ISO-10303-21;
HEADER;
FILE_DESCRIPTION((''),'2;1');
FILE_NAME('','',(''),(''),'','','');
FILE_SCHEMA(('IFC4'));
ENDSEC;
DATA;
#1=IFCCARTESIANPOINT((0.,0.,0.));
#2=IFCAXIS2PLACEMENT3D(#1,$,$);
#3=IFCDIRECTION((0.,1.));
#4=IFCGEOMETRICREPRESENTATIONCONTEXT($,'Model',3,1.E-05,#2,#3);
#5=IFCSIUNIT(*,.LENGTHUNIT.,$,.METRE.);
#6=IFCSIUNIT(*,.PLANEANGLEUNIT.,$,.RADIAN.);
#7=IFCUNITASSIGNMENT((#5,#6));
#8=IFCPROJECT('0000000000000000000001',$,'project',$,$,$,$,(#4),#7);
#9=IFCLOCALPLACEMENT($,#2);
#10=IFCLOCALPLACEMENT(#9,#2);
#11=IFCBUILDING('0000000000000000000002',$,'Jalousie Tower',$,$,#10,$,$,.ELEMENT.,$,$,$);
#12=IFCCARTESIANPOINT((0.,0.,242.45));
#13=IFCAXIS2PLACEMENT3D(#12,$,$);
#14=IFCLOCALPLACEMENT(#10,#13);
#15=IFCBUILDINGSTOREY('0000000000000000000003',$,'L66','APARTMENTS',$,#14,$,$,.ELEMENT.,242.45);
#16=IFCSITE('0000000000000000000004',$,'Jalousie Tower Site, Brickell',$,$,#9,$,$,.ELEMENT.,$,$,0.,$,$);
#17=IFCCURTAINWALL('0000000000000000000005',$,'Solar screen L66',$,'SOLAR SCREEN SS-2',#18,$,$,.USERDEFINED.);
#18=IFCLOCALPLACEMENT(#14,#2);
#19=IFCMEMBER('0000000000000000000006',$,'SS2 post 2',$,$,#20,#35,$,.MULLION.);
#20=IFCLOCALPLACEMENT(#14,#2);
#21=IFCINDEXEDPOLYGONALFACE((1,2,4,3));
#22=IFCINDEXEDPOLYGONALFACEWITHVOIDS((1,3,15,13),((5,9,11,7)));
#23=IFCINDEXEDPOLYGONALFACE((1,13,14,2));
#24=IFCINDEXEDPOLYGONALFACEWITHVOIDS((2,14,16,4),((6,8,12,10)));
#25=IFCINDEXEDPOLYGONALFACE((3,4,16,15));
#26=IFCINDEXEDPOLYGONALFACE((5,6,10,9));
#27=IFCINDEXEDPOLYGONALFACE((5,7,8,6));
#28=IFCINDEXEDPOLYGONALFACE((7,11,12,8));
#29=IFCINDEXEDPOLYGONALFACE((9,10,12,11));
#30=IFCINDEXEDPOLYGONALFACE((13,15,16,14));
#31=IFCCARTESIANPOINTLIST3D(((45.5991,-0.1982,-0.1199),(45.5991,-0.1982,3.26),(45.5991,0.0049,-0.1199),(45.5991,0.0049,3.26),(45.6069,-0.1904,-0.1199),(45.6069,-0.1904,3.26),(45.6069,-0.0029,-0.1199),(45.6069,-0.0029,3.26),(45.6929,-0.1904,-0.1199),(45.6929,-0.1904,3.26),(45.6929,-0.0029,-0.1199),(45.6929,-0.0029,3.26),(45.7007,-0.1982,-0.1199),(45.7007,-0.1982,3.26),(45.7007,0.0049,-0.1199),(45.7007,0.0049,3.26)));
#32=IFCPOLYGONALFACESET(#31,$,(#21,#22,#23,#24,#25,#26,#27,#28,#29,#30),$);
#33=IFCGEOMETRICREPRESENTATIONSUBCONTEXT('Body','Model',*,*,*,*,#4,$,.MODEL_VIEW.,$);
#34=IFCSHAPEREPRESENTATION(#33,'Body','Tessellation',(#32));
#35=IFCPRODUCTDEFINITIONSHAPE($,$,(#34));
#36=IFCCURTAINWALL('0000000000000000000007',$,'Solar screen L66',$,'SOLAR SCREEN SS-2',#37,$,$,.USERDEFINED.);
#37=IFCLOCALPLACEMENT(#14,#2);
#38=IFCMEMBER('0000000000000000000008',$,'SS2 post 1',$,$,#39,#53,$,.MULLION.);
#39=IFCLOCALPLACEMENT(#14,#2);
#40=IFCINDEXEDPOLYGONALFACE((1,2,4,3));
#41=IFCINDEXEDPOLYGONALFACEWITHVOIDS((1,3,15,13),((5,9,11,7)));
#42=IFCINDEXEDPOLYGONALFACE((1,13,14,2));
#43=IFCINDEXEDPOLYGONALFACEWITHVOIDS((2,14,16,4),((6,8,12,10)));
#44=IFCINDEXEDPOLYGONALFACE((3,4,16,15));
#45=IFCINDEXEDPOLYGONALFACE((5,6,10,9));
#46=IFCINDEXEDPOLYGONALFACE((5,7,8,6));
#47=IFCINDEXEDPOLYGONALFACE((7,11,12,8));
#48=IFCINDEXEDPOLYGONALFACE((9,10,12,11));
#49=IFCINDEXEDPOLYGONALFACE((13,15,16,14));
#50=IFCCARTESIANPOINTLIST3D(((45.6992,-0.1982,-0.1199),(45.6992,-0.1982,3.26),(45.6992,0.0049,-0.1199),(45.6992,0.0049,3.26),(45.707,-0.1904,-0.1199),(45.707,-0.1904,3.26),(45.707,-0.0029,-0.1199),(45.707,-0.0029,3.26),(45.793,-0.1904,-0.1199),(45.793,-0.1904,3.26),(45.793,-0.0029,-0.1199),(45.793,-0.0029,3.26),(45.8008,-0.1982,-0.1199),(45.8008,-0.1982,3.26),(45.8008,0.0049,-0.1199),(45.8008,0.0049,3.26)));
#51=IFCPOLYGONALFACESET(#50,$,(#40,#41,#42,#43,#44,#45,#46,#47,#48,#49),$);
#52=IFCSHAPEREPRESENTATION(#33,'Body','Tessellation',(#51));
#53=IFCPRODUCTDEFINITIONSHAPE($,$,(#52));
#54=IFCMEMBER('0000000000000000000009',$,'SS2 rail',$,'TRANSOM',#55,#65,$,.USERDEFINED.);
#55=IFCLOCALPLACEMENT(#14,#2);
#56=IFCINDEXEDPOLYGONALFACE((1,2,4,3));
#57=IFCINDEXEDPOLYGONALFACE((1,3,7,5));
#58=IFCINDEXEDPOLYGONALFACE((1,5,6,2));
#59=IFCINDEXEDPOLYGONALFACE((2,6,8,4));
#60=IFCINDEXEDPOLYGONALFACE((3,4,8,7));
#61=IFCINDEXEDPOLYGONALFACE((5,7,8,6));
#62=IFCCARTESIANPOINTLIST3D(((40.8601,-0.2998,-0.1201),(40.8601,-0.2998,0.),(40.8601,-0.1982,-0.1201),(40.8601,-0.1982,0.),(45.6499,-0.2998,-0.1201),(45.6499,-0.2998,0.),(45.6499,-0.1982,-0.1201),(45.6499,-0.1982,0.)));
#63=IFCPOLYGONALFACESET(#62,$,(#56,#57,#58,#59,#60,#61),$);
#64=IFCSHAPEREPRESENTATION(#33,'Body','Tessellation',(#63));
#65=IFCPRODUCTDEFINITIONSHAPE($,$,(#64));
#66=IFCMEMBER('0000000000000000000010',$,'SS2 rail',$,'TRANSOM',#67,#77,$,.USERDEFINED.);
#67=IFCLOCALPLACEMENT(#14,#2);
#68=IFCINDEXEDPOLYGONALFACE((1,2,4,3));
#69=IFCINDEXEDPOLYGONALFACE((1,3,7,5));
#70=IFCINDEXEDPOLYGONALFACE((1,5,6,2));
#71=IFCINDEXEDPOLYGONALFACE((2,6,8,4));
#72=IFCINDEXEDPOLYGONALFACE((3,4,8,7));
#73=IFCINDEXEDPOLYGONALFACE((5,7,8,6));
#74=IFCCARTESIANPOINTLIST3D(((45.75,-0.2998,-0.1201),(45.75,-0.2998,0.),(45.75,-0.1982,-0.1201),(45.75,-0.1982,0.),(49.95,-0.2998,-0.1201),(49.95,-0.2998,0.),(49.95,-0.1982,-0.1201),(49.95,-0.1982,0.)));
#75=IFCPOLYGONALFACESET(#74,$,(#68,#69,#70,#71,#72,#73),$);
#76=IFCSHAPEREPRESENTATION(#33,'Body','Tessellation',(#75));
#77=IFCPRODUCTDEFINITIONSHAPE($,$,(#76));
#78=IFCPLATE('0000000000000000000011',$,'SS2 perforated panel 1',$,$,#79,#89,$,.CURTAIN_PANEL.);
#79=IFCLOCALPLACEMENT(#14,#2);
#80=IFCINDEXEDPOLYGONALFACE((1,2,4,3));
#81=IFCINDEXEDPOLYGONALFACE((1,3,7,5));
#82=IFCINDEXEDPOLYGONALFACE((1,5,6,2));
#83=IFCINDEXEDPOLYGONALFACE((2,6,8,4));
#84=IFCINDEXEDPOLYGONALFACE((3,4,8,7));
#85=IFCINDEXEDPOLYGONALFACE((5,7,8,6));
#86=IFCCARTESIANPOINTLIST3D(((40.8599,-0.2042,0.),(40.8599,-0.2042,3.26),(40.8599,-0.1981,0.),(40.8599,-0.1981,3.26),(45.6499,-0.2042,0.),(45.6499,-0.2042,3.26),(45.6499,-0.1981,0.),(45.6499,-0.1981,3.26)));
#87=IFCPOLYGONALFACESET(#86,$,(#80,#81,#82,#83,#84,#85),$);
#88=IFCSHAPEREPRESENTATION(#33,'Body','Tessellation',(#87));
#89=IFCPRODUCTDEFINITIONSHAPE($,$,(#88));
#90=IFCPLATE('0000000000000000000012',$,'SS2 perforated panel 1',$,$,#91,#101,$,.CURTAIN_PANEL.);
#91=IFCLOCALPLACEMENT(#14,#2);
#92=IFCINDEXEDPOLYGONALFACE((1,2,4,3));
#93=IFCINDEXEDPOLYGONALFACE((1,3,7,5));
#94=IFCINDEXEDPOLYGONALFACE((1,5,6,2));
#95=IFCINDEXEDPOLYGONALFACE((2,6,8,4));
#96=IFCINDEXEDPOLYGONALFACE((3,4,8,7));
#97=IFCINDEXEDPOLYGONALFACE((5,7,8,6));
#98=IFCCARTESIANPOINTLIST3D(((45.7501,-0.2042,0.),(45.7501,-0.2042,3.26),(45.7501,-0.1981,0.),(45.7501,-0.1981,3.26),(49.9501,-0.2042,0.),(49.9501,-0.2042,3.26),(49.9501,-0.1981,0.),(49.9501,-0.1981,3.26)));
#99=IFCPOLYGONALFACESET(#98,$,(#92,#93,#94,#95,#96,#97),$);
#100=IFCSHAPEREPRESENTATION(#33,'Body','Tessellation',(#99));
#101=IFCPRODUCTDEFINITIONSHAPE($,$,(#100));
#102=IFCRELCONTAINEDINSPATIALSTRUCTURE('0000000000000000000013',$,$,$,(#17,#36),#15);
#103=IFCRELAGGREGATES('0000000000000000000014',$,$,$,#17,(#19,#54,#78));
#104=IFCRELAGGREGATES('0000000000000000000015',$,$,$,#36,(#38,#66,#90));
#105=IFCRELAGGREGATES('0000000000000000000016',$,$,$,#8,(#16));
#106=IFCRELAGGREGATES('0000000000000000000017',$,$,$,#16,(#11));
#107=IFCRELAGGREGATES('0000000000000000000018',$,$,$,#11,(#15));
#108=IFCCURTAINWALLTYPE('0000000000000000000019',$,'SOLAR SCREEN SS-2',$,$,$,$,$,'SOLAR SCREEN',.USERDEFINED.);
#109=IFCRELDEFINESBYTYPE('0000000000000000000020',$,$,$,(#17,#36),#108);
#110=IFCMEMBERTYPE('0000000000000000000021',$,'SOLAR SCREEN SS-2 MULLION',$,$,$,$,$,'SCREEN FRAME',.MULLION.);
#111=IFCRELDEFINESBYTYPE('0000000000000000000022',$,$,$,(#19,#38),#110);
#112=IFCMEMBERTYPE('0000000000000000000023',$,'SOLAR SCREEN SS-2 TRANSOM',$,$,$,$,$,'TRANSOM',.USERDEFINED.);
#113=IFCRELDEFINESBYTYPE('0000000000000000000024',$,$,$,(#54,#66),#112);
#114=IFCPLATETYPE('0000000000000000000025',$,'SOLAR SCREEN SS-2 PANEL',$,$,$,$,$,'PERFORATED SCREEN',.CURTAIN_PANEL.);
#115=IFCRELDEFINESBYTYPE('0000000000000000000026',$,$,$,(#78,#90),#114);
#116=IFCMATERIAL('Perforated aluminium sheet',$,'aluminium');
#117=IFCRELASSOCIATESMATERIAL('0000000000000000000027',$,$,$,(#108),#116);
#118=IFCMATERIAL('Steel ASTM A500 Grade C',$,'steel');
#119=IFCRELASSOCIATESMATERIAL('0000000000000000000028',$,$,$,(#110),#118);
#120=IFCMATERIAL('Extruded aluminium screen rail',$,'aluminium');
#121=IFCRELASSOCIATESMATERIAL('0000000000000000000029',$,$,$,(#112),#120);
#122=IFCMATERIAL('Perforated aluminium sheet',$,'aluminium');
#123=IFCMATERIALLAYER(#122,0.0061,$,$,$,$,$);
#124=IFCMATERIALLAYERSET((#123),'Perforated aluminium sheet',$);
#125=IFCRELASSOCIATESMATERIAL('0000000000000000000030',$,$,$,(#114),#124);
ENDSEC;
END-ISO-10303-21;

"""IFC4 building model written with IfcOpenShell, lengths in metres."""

from ifc_helpers import new_model, si_unit, direction, frame, origin, origin_2d, place, context, subcontext, project, spatial, rectangle, hollow_rectangle, extrude, material, layer, layer_set, material_profile, profile_set, type_object, element, aggregate, save


model = new_model("IFC4")

# Units and contexts
model_context = context("Model", 3, precision=1e-05, world=origin(), true_north=direction((0.0, 1.0)))
body_context = subcontext(model_context, "Body", "Model", "MODEL_VIEW")
ifc_project = project(units=[si_unit("LENGTHUNIT", "METRE"), si_unit("PLANEANGLEUNIT", "RADIAN")], contexts=[model_context])

# Site, building, storey
site_placement = place(None, origin())
site = spatial("IfcSite", under=ifc_project, at=site_placement, Name="Jalousie Tower Site, Brickell", CompositionType="ELEMENT", RefElevation=0.0)
building_placement = place(site_placement, origin())
building = spatial("IfcBuilding", under=site, at=building_placement, Name="Jalousie Tower", CompositionType="ELEMENT")
storey_placement = place(building_placement, frame((0.0, 0.0, 242.45)))
storey = spatial("IfcBuildingStorey", under=building, at=storey_placement, Name="L66", Description="APARTMENTS", CompositionType="ELEMENT", Elevation=242.45)

# Curtain wall, member
ifc_material_1 = material(Name="Perforated aluminium sheet", Category="aluminium")
curtain_wall_type = type_object("IfcCurtainWallType", Name="SOLAR SCREEN SS-2", ElementType="SOLAR SCREEN", PredefinedType="USERDEFINED", material=ifc_material_1)
curtain_wall_1_placement = place(storey_placement, origin())
curtain_wall_1 = element("IfcCurtainWall", 1, at=curtain_wall_1_placement, inside=storey, type_object=curtain_wall_type, Name="Solar screen L66", ObjectType="SOLAR SCREEN SS-2", PredefinedType="USERDEFINED")
ifc_material_2 = material(Name="Steel ASTM A500 Grade C", Category="steel")
ifc_material_profile_1 = material_profile(ifc_material_2, hollow_rectangle(XDim=0.1016, YDim=0.2031, WallThickness=0.0078, at=origin_2d()), Name="HSS8X4X5/16")
ifc_profile_set_1 = profile_set([ifc_material_profile_1], Name="Steel ASTM A500 Grade C")
member_type_1 = type_object("IfcMemberType", Name="SOLAR SCREEN SS-2 MULLION", ElementType="SCREEN FRAME", PredefinedType="MULLION", material=ifc_profile_set_1)
member_1_placement = place(storey_placement, frame((45.6499, -0.0967, -0.1199), z_axis=(0.0, 0.0, 1.0), x_axis=(1.0, 0.0, 0.0)))
member_1 = element("IfcMember", 2, at=member_1_placement, type_object=member_type_1, Name="SS2 post 2", PredefinedType="MULLION", context=body_context, shape_type="SweptSolid", body=[
    extrude(hollow_rectangle(XDim=0.1016, YDim=0.2031, WallThickness=0.0078, at=origin_2d()), origin(), (0.0, 0.0, 1.0), 3.3799),
])

# Curtain wall, member
curtain_wall_2_placement = place(storey_placement, origin())
curtain_wall_2 = element("IfcCurtainWall", 3, at=curtain_wall_2_placement, inside=storey, type_object=curtain_wall_type, Name="Solar screen L66", ObjectType="SOLAR SCREEN SS-2", PredefinedType="USERDEFINED")
member_2_placement = place(storey_placement, frame((45.75, -0.0967, -0.1199), z_axis=(0.0, 0.0, 1.0), x_axis=(1.0, 0.0, 0.0)))
member_2 = element("IfcMember", 4, at=member_2_placement, type_object=member_type_1, Name="SS2 post 1", PredefinedType="MULLION", context=body_context, shape_type="SweptSolid", body=[
    extrude(hollow_rectangle(XDim=0.1016, YDim=0.2031, WallThickness=0.0078, at=origin_2d()), origin(), (0.0, 0.0, 1.0), 3.3799),
])

# Members
ifc_material_3 = material(Name="Extruded aluminium screen rail", Category="aluminium")
ifc_material_profile_2 = material_profile(ifc_material_3, rectangle(XDim=0.1016, YDim=0.1201, at=origin_2d()), Name="RAIL 102x120")
ifc_profile_set_2 = profile_set([ifc_material_profile_2], Name="Extruded aluminium screen rail")
member_type_2 = type_object("IfcMemberType", Name="SOLAR SCREEN SS-2 TRANSOM", ElementType="TRANSOM", PredefinedType="USERDEFINED", material=ifc_profile_set_2)
member_3_placement = place(storey_placement, frame((40.8601, -0.249, -0.0601), z_axis=(1.0, 0.0, 0.0), x_axis=(0.0, 1.0, 0.0)))
member_3 = element("IfcMember", 5, at=member_3_placement, type_object=member_type_2, Name="SS2 rail", ObjectType="TRANSOM", PredefinedType="USERDEFINED", context=body_context, shape_type="SweptSolid", body=[
    extrude(rectangle(XDim=0.1016, YDim=0.1201, at=origin_2d()), origin(), (0.0, 0.0, 1.0), 4.7898),
])
member_4_placement = place(storey_placement, frame((45.75, -0.249, -0.0601), z_axis=(1.0, 0.0, 0.0), x_axis=(0.0, 1.0, 0.0)))
member_4 = element("IfcMember", 6, at=member_4_placement, type_object=member_type_2, Name="SS2 rail", ObjectType="TRANSOM", PredefinedType="USERDEFINED", context=body_context, shape_type="SweptSolid", body=[
    extrude(rectangle(XDim=0.1016, YDim=0.1201, at=origin_2d()), origin(), (0.0, 0.0, 1.0), 4.2),
])

# Plates
ifc_material_4 = material(Name="Perforated aluminium sheet", Category="aluminium")
ifc_layer = layer(ifc_material_4, 0.0061)
ifc_layer_set = layer_set([ifc_layer], Name="Perforated aluminium sheet")
plate_type = type_object("IfcPlateType", Name="SOLAR SCREEN SS-2 PANEL", ElementType="PERFORATED SCREEN", PredefinedType="CURTAIN_PANEL", material=ifc_layer_set)
plate_1_placement = place(storey_placement, frame((43.2549, -0.2012, 0.0), z_axis=(0.0, 0.0, 1.0), x_axis=(1.0, 0.0, 0.0)))
plate_1 = element("IfcPlate", 7, at=plate_1_placement, type_object=plate_type, Name="SS2 perforated panel 1", PredefinedType="CURTAIN_PANEL", context=body_context, shape_type="SweptSolid", body=[
    extrude(rectangle(XDim=4.79, YDim=0.0061, at=origin_2d()), origin(), (0.0, 0.0, 1.0), 3.26),
])
aggregate(curtain_wall_1, [member_1, member_3, plate_1])
plate_2_placement = place(storey_placement, frame((47.8501, -0.2012, 0.0), z_axis=(0.0, 0.0, 1.0), x_axis=(1.0, 0.0, 0.0)))
plate_2 = element("IfcPlate", 8, at=plate_2_placement, type_object=plate_type, Name="SS2 perforated panel 1", PredefinedType="CURTAIN_PANEL", context=body_context, shape_type="SweptSolid", body=[
    extrude(rectangle(XDim=4.2, YDim=0.0061, at=origin_2d()), origin(), (0.0, 0.0, 1.0), 3.26),
])
aggregate(curtain_wall_2, [member_2, member_4, plate_2])

save(model, "model.ifc")
